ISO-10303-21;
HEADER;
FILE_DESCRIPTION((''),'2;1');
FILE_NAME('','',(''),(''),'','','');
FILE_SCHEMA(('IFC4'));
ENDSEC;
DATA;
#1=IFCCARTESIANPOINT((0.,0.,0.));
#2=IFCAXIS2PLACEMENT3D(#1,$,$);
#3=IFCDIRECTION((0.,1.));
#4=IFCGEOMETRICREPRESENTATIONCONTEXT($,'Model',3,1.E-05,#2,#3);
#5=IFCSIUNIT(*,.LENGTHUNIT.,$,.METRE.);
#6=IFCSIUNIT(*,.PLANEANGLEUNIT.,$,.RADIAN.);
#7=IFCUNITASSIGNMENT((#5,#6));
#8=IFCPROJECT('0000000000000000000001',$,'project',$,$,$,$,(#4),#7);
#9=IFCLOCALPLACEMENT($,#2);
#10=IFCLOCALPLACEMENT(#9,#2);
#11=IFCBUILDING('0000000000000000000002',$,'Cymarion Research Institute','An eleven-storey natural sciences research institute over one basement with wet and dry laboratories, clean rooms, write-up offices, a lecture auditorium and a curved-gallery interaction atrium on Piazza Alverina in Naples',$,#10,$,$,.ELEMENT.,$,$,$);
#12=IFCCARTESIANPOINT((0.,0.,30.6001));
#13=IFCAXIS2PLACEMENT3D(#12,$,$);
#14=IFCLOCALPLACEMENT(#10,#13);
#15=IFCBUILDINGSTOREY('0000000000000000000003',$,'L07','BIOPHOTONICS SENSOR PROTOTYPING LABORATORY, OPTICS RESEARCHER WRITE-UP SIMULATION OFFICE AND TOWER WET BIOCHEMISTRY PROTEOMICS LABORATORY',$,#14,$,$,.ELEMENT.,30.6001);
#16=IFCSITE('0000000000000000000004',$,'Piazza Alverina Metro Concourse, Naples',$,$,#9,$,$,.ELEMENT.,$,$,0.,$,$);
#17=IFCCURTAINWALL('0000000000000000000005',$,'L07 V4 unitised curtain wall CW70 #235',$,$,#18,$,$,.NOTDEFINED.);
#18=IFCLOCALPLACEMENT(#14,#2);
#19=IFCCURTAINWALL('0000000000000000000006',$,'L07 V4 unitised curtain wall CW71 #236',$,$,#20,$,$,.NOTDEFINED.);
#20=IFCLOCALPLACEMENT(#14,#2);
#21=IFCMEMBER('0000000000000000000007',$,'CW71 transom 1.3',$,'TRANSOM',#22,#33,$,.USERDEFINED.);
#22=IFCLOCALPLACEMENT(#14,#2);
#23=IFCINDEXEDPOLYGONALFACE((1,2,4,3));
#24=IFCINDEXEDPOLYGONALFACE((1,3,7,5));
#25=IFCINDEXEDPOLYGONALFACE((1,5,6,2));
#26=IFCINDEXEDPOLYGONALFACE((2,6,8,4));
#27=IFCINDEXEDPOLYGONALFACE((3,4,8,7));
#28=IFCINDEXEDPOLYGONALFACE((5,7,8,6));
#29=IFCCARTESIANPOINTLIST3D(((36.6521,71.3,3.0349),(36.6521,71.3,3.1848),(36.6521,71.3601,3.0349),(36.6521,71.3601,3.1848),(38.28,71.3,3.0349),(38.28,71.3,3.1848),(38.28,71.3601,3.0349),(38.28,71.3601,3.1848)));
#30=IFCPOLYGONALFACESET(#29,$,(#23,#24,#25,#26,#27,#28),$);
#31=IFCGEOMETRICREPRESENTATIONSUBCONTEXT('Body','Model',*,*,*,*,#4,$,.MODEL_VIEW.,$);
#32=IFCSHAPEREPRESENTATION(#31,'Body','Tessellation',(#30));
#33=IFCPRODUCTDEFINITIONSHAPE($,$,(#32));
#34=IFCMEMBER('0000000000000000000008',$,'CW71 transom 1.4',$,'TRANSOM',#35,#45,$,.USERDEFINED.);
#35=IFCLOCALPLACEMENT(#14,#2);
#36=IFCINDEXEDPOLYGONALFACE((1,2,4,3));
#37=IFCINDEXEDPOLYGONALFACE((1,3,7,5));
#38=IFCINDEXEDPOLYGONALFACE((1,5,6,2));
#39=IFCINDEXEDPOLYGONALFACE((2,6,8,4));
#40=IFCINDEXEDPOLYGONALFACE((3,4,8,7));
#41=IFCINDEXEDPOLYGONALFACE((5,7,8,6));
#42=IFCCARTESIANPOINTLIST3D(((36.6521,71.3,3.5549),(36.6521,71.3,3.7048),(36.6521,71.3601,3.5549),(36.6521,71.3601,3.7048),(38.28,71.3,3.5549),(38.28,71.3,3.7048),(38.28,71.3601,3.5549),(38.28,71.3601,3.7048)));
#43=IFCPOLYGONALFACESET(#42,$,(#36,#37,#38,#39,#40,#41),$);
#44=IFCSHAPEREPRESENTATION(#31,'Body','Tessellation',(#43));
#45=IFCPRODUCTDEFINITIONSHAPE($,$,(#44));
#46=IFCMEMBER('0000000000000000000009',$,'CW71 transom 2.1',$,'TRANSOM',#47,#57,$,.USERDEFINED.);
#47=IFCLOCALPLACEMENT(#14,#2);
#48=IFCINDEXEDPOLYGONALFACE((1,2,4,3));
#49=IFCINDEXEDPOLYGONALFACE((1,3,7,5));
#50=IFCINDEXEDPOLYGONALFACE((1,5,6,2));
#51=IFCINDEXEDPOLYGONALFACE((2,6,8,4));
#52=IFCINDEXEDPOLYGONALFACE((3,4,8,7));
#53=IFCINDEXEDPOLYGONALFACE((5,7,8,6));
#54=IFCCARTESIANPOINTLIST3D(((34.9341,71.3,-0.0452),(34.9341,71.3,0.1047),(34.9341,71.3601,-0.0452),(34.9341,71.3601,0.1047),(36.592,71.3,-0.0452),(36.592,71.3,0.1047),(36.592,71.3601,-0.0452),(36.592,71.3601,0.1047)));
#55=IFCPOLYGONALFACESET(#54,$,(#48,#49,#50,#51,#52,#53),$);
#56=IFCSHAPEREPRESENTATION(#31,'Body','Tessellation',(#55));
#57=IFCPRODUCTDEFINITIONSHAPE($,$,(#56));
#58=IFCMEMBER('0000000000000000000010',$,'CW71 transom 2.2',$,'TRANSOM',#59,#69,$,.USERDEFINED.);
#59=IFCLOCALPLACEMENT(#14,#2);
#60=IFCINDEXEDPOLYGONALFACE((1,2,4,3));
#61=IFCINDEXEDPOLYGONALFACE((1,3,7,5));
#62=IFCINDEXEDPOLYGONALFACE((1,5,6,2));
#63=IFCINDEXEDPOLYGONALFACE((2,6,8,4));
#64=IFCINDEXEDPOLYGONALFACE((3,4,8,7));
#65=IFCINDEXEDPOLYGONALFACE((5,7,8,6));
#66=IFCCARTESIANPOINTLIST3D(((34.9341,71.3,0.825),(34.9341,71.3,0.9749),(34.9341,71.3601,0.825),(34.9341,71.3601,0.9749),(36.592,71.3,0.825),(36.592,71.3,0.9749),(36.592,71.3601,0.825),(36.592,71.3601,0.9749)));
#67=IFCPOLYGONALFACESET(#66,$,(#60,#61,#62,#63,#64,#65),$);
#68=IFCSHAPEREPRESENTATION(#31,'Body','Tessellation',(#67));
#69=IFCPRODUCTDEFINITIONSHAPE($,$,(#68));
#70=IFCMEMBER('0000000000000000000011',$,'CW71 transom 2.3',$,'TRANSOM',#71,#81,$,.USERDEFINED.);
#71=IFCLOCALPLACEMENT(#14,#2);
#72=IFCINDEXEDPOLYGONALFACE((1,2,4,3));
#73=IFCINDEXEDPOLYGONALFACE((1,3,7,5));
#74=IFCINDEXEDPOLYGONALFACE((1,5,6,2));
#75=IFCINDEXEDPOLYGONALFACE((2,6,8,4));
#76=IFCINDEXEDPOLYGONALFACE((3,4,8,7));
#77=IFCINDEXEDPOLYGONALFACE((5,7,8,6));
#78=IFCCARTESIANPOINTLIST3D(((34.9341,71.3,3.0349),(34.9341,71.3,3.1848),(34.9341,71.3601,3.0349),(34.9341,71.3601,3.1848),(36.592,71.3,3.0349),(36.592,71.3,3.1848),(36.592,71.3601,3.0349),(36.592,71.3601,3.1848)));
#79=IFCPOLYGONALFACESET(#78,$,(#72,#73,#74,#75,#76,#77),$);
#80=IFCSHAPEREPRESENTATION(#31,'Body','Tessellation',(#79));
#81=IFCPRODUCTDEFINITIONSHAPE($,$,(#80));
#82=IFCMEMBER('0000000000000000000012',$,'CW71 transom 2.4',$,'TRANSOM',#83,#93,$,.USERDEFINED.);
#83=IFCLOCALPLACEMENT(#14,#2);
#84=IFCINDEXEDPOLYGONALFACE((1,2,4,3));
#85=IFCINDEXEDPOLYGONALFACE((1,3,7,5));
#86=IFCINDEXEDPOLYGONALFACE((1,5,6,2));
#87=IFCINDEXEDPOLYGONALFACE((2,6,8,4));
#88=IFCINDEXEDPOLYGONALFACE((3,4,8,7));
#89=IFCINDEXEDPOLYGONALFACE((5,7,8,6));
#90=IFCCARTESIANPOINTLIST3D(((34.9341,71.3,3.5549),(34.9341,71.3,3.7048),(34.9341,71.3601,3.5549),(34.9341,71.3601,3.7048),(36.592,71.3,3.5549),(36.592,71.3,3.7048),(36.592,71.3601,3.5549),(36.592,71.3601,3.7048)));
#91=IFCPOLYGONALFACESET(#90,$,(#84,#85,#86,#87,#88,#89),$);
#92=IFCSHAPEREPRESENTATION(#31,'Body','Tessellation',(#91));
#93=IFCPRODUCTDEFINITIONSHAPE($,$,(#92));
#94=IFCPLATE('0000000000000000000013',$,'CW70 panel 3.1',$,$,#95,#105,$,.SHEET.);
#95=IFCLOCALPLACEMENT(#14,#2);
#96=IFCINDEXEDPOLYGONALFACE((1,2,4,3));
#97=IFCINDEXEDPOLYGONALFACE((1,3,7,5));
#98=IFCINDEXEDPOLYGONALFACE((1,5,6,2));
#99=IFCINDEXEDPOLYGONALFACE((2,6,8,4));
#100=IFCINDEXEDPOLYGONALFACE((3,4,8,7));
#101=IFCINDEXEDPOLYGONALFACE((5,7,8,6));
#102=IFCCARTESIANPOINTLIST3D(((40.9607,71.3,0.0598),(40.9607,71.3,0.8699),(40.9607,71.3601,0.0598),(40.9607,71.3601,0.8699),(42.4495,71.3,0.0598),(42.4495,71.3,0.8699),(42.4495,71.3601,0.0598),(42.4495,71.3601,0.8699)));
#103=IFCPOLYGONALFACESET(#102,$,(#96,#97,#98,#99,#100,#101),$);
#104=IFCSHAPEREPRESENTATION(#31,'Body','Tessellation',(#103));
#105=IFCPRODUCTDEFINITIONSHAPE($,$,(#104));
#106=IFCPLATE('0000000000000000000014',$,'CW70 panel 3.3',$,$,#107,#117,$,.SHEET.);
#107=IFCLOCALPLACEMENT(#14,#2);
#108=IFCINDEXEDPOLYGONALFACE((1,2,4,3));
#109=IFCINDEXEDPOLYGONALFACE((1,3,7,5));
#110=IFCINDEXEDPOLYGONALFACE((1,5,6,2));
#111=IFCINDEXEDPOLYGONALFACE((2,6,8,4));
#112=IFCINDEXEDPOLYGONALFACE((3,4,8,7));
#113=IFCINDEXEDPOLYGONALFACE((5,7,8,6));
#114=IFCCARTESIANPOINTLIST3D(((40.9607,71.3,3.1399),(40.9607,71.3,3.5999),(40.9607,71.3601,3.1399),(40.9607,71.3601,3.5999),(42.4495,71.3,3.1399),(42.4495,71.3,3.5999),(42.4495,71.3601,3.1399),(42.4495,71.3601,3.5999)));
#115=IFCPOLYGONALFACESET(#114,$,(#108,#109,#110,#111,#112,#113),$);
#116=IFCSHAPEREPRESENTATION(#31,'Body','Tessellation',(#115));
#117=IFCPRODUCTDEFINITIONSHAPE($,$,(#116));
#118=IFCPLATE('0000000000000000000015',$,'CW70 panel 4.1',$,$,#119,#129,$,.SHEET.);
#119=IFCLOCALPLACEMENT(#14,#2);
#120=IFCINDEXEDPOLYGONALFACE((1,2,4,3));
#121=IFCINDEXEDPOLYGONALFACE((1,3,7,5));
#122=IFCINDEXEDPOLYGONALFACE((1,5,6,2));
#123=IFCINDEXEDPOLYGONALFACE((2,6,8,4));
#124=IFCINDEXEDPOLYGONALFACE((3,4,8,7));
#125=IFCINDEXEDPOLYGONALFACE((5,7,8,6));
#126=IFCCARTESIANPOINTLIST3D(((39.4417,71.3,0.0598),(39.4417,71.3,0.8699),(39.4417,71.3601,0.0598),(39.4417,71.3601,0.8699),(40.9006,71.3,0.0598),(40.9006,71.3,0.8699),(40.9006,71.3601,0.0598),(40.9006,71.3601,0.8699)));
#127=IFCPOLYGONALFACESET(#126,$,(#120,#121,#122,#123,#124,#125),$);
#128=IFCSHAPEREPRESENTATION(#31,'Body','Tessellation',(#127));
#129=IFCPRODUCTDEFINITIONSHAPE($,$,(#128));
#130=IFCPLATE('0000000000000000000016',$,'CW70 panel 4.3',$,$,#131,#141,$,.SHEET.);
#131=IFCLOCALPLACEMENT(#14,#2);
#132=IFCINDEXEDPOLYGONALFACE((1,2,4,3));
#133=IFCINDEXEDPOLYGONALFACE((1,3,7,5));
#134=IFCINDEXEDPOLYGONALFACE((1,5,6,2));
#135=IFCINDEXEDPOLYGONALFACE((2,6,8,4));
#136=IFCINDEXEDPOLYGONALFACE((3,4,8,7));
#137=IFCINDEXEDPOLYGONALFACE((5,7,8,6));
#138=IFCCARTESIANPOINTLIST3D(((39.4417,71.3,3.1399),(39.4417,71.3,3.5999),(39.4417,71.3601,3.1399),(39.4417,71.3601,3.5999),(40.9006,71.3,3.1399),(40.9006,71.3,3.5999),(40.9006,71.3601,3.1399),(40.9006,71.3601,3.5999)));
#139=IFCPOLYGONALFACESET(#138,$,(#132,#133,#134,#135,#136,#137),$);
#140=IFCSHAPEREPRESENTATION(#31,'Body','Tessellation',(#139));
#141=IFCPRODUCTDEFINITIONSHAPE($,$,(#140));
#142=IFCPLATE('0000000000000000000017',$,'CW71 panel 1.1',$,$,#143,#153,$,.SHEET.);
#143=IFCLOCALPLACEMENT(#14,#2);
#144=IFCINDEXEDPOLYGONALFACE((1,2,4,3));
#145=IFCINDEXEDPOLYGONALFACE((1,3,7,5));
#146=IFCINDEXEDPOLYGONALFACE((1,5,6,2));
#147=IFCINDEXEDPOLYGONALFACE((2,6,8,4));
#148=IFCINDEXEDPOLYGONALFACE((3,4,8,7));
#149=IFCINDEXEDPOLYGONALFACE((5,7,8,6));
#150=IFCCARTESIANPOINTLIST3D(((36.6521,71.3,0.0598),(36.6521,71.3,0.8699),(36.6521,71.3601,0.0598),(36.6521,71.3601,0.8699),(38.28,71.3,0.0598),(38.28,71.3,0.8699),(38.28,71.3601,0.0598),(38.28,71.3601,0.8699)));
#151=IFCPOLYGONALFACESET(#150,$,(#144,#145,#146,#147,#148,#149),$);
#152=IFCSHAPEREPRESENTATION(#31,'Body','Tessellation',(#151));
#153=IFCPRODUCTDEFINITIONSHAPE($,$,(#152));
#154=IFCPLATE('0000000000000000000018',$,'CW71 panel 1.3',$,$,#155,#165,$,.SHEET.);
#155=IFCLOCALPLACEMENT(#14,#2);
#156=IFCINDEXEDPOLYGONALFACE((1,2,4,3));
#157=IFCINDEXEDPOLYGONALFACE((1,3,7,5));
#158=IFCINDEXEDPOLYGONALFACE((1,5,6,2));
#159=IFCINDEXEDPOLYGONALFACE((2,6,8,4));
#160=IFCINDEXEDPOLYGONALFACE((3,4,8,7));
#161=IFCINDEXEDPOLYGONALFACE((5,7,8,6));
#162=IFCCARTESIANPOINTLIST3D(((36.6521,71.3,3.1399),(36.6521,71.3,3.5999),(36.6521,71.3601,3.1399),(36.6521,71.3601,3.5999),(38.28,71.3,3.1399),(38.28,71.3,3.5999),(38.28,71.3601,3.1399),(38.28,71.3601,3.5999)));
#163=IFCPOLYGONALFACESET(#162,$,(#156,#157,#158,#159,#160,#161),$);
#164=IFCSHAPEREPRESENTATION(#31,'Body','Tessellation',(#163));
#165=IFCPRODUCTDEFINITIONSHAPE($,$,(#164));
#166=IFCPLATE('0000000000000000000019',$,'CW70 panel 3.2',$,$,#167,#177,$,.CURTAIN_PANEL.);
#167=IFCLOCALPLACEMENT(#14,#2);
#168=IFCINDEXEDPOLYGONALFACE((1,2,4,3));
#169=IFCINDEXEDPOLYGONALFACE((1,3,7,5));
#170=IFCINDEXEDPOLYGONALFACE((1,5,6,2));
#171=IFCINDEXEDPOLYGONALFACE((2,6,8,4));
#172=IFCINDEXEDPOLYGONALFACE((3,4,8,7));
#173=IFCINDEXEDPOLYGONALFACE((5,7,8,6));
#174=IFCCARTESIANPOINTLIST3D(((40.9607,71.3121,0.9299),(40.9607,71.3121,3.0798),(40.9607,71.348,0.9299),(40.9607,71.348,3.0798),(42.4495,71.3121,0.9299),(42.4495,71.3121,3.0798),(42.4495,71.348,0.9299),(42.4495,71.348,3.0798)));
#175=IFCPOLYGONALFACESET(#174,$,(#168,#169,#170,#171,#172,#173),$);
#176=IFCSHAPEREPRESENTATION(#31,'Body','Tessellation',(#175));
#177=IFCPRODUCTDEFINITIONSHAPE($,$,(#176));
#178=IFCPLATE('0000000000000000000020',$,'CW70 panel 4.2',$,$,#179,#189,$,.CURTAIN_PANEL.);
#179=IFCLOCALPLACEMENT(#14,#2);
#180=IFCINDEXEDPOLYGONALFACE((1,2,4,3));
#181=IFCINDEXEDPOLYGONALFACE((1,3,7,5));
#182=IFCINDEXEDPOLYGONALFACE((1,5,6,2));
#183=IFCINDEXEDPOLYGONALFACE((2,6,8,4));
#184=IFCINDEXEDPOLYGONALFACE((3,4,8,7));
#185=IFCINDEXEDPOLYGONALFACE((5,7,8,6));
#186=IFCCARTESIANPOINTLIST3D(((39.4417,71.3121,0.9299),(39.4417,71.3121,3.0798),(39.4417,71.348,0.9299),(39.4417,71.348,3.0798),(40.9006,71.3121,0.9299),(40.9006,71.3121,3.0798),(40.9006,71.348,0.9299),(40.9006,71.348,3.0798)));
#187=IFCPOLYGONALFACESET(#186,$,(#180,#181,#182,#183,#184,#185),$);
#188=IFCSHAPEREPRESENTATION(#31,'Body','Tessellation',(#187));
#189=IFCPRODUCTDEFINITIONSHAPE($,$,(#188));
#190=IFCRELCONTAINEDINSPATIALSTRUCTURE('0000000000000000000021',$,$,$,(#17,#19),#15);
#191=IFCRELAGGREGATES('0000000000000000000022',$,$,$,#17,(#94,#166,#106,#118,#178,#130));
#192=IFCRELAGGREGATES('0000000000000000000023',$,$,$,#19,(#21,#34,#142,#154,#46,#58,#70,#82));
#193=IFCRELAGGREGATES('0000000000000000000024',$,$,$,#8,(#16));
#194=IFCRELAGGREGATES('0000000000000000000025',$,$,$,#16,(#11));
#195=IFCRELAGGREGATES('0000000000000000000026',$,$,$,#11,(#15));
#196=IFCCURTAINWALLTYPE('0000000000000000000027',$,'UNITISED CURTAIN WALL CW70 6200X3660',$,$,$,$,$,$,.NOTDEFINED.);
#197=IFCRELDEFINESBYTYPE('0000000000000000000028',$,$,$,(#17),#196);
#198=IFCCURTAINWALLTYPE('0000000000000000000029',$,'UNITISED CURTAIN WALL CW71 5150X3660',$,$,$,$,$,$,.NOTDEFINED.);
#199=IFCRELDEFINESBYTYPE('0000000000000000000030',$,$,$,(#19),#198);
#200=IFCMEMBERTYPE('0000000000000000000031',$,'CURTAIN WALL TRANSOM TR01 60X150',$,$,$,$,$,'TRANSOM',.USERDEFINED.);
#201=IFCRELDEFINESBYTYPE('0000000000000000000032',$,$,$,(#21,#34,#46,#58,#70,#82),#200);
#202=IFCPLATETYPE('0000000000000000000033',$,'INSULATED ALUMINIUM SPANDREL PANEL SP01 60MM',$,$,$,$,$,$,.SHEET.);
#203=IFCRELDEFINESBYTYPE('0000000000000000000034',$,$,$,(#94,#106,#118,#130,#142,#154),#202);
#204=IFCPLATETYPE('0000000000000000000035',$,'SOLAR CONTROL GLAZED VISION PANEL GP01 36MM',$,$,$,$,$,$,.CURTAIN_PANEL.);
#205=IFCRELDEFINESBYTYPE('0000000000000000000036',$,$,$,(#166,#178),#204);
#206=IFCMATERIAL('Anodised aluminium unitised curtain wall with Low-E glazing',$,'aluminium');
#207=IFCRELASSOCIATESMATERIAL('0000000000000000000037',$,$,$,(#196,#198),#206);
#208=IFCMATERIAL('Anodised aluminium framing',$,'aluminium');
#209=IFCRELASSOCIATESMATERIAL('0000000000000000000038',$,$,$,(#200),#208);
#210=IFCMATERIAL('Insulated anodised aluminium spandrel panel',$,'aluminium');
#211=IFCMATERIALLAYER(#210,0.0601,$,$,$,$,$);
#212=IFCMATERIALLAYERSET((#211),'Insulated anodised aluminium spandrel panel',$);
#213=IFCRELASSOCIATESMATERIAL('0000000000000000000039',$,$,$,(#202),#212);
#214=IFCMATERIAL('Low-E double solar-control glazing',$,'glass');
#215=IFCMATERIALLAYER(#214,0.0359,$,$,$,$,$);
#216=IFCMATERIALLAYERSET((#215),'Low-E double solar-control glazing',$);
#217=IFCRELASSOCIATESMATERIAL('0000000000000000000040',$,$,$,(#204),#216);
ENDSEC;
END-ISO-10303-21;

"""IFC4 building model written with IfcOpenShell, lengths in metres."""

from ifc_helpers import new_model, si_unit, direction, frame, origin, origin_2d, place, context, subcontext, project, spatial, rectangle, extrude, material, layer, layer_set, material_profile, profile_set, type_object, element, aggregate, save


model = new_model("IFC4")

# Units and contexts
model_context = context("Model", 3, precision=1e-05, world=origin(), true_north=direction((0.0, 1.0)))
body_context = subcontext(model_context, "Body", "Model", "MODEL_VIEW")
ifc_project = project(units=[si_unit("LENGTHUNIT", "METRE"), si_unit("PLANEANGLEUNIT", "RADIAN")], contexts=[model_context])

# Site, building, storey
site_placement = place(None, origin())
site = spatial("IfcSite", under=ifc_project, at=site_placement, Name="Piazza Alverina Metro Concourse, Naples", CompositionType="ELEMENT", RefElevation=0.0)
building_placement = place(site_placement, origin())
building = spatial("IfcBuilding", under=site, at=building_placement, Name="Cymarion Research Institute", Description="An eleven-storey natural sciences research institute over one basement with wet and dry laboratories, clean rooms, write-up offices, a lecture auditorium and a curved-gallery interaction atrium on Piazza Alverina in Naples", CompositionType="ELEMENT")
storey_placement = place(building_placement, frame((0.0, 0.0, 30.6001)))
storey = spatial("IfcBuildingStorey", under=building, at=storey_placement, Name="L07", Description="BIOPHOTONICS SENSOR PROTOTYPING LABORATORY, OPTICS RESEARCHER WRITE-UP SIMULATION OFFICE AND TOWER WET BIOCHEMISTRY PROTEOMICS LABORATORY", CompositionType="ELEMENT", Elevation=30.6001)

# Curtain walls
ifc_material_1 = material(Name="Anodised aluminium unitised curtain wall with Low-E glazing", Category="aluminium")
curtain_wall_type_1 = type_object("IfcCurtainWallType", Name="UNITISED CURTAIN WALL CW70 6200X3660", PredefinedType="NOTDEFINED", material=ifc_material_1)
curtain_wall_1_placement = place(storey_placement, origin())
curtain_wall_1 = element("IfcCurtainWall", 1, at=curtain_wall_1_placement, inside=storey, type_object=curtain_wall_type_1, Name="L07 V4 unitised curtain wall CW70 #235", PredefinedType="NOTDEFINED")
ifc_material_2 = material(Name="Anodised aluminium framing", Category="aluminium")
curtain_wall_type_2 = type_object("IfcCurtainWallType", Name="UNITISED CURTAIN WALL CW71 5150X3660", PredefinedType="NOTDEFINED", material=ifc_material_1)
curtain_wall_2_placement = place(storey_placement, origin())
curtain_wall_2 = element("IfcCurtainWall", 2, at=curtain_wall_2_placement, inside=storey, type_object=curtain_wall_type_2, Name="L07 V4 unitised curtain wall CW71 #236", PredefinedType="NOTDEFINED")

# Members
ifc_material_profile_1 = material_profile(ifc_material_2, rectangle(XDim=0.0601, YDim=0.1499, at=origin_2d()), Name="ALU TRANSOM 60x150")
ifc_profile_set_1 = profile_set([ifc_material_profile_1], Name="Anodised aluminium framing")
member_type_1 = type_object("IfcMemberType", Name="CURTAIN WALL TRANSOM TR01 60X150", ElementType="TRANSOM", PredefinedType="USERDEFINED", material=ifc_profile_set_1)
member_1_placement = place(storey_placement, frame((38.28, 71.3301, 3.1099), z_axis=(-1.0, 0.0, 0.0), x_axis=(0.0, -1.0, 0.0)))
member_1 = element("IfcMember", 3, at=member_1_placement, type_object=member_type_1, Name="CW71 transom 1.3", ObjectType="TRANSOM", PredefinedType="USERDEFINED", context=body_context, shape_type="SweptSolid", body=[
    extrude(rectangle(XDim=0.0601, YDim=0.1499, at=origin_2d()), origin(), (0.0, 0.0, 1.0), 1.6279),
])
member_2_placement = place(storey_placement, frame((38.28, 71.3301, 3.6299), z_axis=(-1.0, 0.0, 0.0), x_axis=(0.0, -1.0, 0.0)))
member_2 = element("IfcMember", 4, at=member_2_placement, type_object=member_type_1, Name="CW71 transom 1.4", ObjectType="TRANSOM", PredefinedType="USERDEFINED", context=body_context, shape_type="SweptSolid", body=[
    extrude(rectangle(XDim=0.0601, YDim=0.1499, at=origin_2d()), origin(), (0.0, 0.0, 1.0), 1.6279),
])
member_3_placement = place(storey_placement, frame((36.592, 71.3301, 0.0298), z_axis=(-1.0, 0.0, 0.0), x_axis=(0.0, -1.0, 0.0)))
member_3 = element("IfcMember", 5, at=member_3_placement, type_object=member_type_1, Name="CW71 transom 2.1", ObjectType="TRANSOM", PredefinedType="USERDEFINED", context=body_context, shape_type="SweptSolid", body=[
    extrude(rectangle(XDim=0.0601, YDim=0.1499, at=origin_2d()), origin(), (0.0, 0.0, 1.0), 1.658),
])
member_4_placement = place(storey_placement, frame((36.592, 71.3301, 0.8999), z_axis=(-1.0, 0.0, 0.0), x_axis=(0.0, -1.0, 0.0)))
member_4 = element("IfcMember", 6, at=member_4_placement, type_object=member_type_1, Name="CW71 transom 2.2", ObjectType="TRANSOM", PredefinedType="USERDEFINED", context=body_context, shape_type="SweptSolid", body=[
    extrude(rectangle(XDim=0.0601, YDim=0.1499, at=origin_2d()), origin(), (0.0, 0.0, 1.0), 1.658),
])
member_5_placement = place(storey_placement, frame((36.592, 71.3301, 3.1099), z_axis=(-1.0, 0.0, 0.0), x_axis=(0.0, -1.0, 0.0)))
member_5 = element("IfcMember", 7, at=member_5_placement, type_object=member_type_1, Name="CW71 transom 2.3", ObjectType="TRANSOM", PredefinedType="USERDEFINED", context=body_context, shape_type="SweptSolid", body=[
    extrude(rectangle(XDim=0.0601, YDim=0.1499, at=origin_2d()), origin(), (0.0, 0.0, 1.0), 1.658),
])
member_6_placement = place(storey_placement, frame((36.592, 71.3301, 3.6299), z_axis=(-1.0, 0.0, 0.0), x_axis=(0.0, -1.0, 0.0)))
member_6 = element("IfcMember", 8, at=member_6_placement, type_object=member_type_1, Name="CW71 transom 2.4", ObjectType="TRANSOM", PredefinedType="USERDEFINED", context=body_context, shape_type="SweptSolid", body=[
    extrude(rectangle(XDim=0.0601, YDim=0.1499, at=origin_2d()), origin(), (0.0, 0.0, 1.0), 1.658),
])

# Plates
ifc_material_3 = material(Name="Insulated anodised aluminium spandrel panel", Category="aluminium")
ifc_layer_1 = layer(ifc_material_3, 0.0601)
ifc_layer_set_1 = layer_set([ifc_layer_1], Name="Insulated anodised aluminium spandrel panel")
plate_type_1 = type_object("IfcPlateType", Name="INSULATED ALUMINIUM SPANDREL PANEL SP01 60MM", PredefinedType="SHEET", material=ifc_layer_set_1)
plate_1_placement = place(storey_placement, frame((41.7051, 71.3301, 0.0598), z_axis=(0.0, 0.0, 1.0), x_axis=(-1.0, 0.0, 0.0)))
plate_1 = element("IfcPlate", 9, at=plate_1_placement, type_object=plate_type_1, Name="CW70 panel 3.1", PredefinedType="SHEET", context=body_context, shape_type="SweptSolid", body=[
    extrude(rectangle(XDim=1.4888, YDim=0.0601, at=origin_2d()), origin(), (0.0, 0.0, 1.0), 0.8101),
])
plate_2_placement = place(storey_placement, frame((41.7051, 71.3301, 3.1399), z_axis=(0.0, 0.0, 1.0), x_axis=(-1.0, 0.0, 0.0)))
plate_2 = element("IfcPlate", 10, at=plate_2_placement, type_object=plate_type_1, Name="CW70 panel 3.3", PredefinedType="SHEET", context=body_context, shape_type="SweptSolid", body=[
    extrude(rectangle(XDim=1.4888, YDim=0.0601, at=origin_2d()), origin(), (0.0, 0.0, 1.0), 0.46),
])
plate_3_placement = place(storey_placement, frame((40.1711, 71.3301, 0.0598), z_axis=(0.0, 0.0, 1.0), x_axis=(-1.0, 0.0, 0.0)))
plate_3 = element("IfcPlate", 11, at=plate_3_placement, type_object=plate_type_1, Name="CW70 panel 4.1", PredefinedType="SHEET", context=body_context, shape_type="SweptSolid", body=[
    extrude(rectangle(XDim=1.459, YDim=0.0601, at=origin_2d()), origin(), (0.0, 0.0, 1.0), 0.8101),
])
plate_4_placement = place(storey_placement, frame((40.1711, 71.3301, 3.1399), z_axis=(0.0, 0.0, 1.0), x_axis=(-1.0, 0.0, 0.0)))
plate_4 = element("IfcPlate", 12, at=plate_4_placement, type_object=plate_type_1, Name="CW70 panel 4.3", PredefinedType="SHEET", context=body_context, shape_type="SweptSolid", body=[
    extrude(rectangle(XDim=1.459, YDim=0.0601, at=origin_2d()), origin(), (0.0, 0.0, 1.0), 0.46),
])
plate_5_placement = place(storey_placement, frame((37.4661, 71.3301, 0.0598), z_axis=(0.0, 0.0, 1.0), x_axis=(-1.0, 0.0, 0.0)))
plate_5 = element("IfcPlate", 13, at=plate_5_placement, type_object=plate_type_1, Name="CW71 panel 1.1", PredefinedType="SHEET", context=body_context, shape_type="SweptSolid", body=[
    extrude(rectangle(XDim=1.6279, YDim=0.0601, at=origin_2d()), origin(), (0.0, 0.0, 1.0), 0.8101),
])
plate_6_placement = place(storey_placement, frame((37.4661, 71.3301, 3.1399), z_axis=(0.0, 0.0, 1.0), x_axis=(-1.0, 0.0, 0.0)))
plate_6 = element("IfcPlate", 14, at=plate_6_placement, type_object=plate_type_1, Name="CW71 panel 1.3", PredefinedType="SHEET", context=body_context, shape_type="SweptSolid", body=[
    extrude(rectangle(XDim=1.6279, YDim=0.0601, at=origin_2d()), origin(), (0.0, 0.0, 1.0), 0.46),
])
ifc_material_4 = material(Name="Low-E double solar-control glazing", Category="glass")
ifc_layer_2 = layer(ifc_material_4, 0.0359)
ifc_layer_set_2 = layer_set([ifc_layer_2], Name="Low-E double solar-control glazing")
plate_type_2 = type_object("IfcPlateType", Name="SOLAR CONTROL GLAZED VISION PANEL GP01 36MM", PredefinedType="CURTAIN_PANEL", material=ifc_layer_set_2)
plate_7_placement = place(storey_placement, frame((41.7051, 71.3301, 0.9299), z_axis=(0.0, 0.0, 1.0), x_axis=(-1.0, 0.0, 0.0)))
plate_7 = element("IfcPlate", 15, at=plate_7_placement, type_object=plate_type_2, Name="CW70 panel 3.2", PredefinedType="CURTAIN_PANEL", context=body_context, shape_type="SweptSolid", body=[
    extrude(rectangle(XDim=1.4888, YDim=0.0359, at=origin_2d()), origin(), (0.0, 0.0, 1.0), 2.1499),
])
plate_8_placement = place(storey_placement, frame((40.1711, 71.3301, 0.9299), z_axis=(0.0, 0.0, 1.0), x_axis=(-1.0, 0.0, 0.0)))
plate_8 = element("IfcPlate", 16, at=plate_8_placement, type_object=plate_type_2, Name="CW70 panel 4.2", PredefinedType="CURTAIN_PANEL", context=body_context, shape_type="SweptSolid", body=[
    extrude(rectangle(XDim=1.459, YDim=0.0359, at=origin_2d()), origin(), (0.0, 0.0, 1.0), 2.1499),
])
aggregate(curtain_wall_1, [plate_1, plate_7, plate_2, plate_3, plate_8, plate_4])
aggregate(curtain_wall_2, [member_1, member_2, plate_5, plate_6, member_3, member_4, member_5, member_6])

save(model, "model.ifc")
